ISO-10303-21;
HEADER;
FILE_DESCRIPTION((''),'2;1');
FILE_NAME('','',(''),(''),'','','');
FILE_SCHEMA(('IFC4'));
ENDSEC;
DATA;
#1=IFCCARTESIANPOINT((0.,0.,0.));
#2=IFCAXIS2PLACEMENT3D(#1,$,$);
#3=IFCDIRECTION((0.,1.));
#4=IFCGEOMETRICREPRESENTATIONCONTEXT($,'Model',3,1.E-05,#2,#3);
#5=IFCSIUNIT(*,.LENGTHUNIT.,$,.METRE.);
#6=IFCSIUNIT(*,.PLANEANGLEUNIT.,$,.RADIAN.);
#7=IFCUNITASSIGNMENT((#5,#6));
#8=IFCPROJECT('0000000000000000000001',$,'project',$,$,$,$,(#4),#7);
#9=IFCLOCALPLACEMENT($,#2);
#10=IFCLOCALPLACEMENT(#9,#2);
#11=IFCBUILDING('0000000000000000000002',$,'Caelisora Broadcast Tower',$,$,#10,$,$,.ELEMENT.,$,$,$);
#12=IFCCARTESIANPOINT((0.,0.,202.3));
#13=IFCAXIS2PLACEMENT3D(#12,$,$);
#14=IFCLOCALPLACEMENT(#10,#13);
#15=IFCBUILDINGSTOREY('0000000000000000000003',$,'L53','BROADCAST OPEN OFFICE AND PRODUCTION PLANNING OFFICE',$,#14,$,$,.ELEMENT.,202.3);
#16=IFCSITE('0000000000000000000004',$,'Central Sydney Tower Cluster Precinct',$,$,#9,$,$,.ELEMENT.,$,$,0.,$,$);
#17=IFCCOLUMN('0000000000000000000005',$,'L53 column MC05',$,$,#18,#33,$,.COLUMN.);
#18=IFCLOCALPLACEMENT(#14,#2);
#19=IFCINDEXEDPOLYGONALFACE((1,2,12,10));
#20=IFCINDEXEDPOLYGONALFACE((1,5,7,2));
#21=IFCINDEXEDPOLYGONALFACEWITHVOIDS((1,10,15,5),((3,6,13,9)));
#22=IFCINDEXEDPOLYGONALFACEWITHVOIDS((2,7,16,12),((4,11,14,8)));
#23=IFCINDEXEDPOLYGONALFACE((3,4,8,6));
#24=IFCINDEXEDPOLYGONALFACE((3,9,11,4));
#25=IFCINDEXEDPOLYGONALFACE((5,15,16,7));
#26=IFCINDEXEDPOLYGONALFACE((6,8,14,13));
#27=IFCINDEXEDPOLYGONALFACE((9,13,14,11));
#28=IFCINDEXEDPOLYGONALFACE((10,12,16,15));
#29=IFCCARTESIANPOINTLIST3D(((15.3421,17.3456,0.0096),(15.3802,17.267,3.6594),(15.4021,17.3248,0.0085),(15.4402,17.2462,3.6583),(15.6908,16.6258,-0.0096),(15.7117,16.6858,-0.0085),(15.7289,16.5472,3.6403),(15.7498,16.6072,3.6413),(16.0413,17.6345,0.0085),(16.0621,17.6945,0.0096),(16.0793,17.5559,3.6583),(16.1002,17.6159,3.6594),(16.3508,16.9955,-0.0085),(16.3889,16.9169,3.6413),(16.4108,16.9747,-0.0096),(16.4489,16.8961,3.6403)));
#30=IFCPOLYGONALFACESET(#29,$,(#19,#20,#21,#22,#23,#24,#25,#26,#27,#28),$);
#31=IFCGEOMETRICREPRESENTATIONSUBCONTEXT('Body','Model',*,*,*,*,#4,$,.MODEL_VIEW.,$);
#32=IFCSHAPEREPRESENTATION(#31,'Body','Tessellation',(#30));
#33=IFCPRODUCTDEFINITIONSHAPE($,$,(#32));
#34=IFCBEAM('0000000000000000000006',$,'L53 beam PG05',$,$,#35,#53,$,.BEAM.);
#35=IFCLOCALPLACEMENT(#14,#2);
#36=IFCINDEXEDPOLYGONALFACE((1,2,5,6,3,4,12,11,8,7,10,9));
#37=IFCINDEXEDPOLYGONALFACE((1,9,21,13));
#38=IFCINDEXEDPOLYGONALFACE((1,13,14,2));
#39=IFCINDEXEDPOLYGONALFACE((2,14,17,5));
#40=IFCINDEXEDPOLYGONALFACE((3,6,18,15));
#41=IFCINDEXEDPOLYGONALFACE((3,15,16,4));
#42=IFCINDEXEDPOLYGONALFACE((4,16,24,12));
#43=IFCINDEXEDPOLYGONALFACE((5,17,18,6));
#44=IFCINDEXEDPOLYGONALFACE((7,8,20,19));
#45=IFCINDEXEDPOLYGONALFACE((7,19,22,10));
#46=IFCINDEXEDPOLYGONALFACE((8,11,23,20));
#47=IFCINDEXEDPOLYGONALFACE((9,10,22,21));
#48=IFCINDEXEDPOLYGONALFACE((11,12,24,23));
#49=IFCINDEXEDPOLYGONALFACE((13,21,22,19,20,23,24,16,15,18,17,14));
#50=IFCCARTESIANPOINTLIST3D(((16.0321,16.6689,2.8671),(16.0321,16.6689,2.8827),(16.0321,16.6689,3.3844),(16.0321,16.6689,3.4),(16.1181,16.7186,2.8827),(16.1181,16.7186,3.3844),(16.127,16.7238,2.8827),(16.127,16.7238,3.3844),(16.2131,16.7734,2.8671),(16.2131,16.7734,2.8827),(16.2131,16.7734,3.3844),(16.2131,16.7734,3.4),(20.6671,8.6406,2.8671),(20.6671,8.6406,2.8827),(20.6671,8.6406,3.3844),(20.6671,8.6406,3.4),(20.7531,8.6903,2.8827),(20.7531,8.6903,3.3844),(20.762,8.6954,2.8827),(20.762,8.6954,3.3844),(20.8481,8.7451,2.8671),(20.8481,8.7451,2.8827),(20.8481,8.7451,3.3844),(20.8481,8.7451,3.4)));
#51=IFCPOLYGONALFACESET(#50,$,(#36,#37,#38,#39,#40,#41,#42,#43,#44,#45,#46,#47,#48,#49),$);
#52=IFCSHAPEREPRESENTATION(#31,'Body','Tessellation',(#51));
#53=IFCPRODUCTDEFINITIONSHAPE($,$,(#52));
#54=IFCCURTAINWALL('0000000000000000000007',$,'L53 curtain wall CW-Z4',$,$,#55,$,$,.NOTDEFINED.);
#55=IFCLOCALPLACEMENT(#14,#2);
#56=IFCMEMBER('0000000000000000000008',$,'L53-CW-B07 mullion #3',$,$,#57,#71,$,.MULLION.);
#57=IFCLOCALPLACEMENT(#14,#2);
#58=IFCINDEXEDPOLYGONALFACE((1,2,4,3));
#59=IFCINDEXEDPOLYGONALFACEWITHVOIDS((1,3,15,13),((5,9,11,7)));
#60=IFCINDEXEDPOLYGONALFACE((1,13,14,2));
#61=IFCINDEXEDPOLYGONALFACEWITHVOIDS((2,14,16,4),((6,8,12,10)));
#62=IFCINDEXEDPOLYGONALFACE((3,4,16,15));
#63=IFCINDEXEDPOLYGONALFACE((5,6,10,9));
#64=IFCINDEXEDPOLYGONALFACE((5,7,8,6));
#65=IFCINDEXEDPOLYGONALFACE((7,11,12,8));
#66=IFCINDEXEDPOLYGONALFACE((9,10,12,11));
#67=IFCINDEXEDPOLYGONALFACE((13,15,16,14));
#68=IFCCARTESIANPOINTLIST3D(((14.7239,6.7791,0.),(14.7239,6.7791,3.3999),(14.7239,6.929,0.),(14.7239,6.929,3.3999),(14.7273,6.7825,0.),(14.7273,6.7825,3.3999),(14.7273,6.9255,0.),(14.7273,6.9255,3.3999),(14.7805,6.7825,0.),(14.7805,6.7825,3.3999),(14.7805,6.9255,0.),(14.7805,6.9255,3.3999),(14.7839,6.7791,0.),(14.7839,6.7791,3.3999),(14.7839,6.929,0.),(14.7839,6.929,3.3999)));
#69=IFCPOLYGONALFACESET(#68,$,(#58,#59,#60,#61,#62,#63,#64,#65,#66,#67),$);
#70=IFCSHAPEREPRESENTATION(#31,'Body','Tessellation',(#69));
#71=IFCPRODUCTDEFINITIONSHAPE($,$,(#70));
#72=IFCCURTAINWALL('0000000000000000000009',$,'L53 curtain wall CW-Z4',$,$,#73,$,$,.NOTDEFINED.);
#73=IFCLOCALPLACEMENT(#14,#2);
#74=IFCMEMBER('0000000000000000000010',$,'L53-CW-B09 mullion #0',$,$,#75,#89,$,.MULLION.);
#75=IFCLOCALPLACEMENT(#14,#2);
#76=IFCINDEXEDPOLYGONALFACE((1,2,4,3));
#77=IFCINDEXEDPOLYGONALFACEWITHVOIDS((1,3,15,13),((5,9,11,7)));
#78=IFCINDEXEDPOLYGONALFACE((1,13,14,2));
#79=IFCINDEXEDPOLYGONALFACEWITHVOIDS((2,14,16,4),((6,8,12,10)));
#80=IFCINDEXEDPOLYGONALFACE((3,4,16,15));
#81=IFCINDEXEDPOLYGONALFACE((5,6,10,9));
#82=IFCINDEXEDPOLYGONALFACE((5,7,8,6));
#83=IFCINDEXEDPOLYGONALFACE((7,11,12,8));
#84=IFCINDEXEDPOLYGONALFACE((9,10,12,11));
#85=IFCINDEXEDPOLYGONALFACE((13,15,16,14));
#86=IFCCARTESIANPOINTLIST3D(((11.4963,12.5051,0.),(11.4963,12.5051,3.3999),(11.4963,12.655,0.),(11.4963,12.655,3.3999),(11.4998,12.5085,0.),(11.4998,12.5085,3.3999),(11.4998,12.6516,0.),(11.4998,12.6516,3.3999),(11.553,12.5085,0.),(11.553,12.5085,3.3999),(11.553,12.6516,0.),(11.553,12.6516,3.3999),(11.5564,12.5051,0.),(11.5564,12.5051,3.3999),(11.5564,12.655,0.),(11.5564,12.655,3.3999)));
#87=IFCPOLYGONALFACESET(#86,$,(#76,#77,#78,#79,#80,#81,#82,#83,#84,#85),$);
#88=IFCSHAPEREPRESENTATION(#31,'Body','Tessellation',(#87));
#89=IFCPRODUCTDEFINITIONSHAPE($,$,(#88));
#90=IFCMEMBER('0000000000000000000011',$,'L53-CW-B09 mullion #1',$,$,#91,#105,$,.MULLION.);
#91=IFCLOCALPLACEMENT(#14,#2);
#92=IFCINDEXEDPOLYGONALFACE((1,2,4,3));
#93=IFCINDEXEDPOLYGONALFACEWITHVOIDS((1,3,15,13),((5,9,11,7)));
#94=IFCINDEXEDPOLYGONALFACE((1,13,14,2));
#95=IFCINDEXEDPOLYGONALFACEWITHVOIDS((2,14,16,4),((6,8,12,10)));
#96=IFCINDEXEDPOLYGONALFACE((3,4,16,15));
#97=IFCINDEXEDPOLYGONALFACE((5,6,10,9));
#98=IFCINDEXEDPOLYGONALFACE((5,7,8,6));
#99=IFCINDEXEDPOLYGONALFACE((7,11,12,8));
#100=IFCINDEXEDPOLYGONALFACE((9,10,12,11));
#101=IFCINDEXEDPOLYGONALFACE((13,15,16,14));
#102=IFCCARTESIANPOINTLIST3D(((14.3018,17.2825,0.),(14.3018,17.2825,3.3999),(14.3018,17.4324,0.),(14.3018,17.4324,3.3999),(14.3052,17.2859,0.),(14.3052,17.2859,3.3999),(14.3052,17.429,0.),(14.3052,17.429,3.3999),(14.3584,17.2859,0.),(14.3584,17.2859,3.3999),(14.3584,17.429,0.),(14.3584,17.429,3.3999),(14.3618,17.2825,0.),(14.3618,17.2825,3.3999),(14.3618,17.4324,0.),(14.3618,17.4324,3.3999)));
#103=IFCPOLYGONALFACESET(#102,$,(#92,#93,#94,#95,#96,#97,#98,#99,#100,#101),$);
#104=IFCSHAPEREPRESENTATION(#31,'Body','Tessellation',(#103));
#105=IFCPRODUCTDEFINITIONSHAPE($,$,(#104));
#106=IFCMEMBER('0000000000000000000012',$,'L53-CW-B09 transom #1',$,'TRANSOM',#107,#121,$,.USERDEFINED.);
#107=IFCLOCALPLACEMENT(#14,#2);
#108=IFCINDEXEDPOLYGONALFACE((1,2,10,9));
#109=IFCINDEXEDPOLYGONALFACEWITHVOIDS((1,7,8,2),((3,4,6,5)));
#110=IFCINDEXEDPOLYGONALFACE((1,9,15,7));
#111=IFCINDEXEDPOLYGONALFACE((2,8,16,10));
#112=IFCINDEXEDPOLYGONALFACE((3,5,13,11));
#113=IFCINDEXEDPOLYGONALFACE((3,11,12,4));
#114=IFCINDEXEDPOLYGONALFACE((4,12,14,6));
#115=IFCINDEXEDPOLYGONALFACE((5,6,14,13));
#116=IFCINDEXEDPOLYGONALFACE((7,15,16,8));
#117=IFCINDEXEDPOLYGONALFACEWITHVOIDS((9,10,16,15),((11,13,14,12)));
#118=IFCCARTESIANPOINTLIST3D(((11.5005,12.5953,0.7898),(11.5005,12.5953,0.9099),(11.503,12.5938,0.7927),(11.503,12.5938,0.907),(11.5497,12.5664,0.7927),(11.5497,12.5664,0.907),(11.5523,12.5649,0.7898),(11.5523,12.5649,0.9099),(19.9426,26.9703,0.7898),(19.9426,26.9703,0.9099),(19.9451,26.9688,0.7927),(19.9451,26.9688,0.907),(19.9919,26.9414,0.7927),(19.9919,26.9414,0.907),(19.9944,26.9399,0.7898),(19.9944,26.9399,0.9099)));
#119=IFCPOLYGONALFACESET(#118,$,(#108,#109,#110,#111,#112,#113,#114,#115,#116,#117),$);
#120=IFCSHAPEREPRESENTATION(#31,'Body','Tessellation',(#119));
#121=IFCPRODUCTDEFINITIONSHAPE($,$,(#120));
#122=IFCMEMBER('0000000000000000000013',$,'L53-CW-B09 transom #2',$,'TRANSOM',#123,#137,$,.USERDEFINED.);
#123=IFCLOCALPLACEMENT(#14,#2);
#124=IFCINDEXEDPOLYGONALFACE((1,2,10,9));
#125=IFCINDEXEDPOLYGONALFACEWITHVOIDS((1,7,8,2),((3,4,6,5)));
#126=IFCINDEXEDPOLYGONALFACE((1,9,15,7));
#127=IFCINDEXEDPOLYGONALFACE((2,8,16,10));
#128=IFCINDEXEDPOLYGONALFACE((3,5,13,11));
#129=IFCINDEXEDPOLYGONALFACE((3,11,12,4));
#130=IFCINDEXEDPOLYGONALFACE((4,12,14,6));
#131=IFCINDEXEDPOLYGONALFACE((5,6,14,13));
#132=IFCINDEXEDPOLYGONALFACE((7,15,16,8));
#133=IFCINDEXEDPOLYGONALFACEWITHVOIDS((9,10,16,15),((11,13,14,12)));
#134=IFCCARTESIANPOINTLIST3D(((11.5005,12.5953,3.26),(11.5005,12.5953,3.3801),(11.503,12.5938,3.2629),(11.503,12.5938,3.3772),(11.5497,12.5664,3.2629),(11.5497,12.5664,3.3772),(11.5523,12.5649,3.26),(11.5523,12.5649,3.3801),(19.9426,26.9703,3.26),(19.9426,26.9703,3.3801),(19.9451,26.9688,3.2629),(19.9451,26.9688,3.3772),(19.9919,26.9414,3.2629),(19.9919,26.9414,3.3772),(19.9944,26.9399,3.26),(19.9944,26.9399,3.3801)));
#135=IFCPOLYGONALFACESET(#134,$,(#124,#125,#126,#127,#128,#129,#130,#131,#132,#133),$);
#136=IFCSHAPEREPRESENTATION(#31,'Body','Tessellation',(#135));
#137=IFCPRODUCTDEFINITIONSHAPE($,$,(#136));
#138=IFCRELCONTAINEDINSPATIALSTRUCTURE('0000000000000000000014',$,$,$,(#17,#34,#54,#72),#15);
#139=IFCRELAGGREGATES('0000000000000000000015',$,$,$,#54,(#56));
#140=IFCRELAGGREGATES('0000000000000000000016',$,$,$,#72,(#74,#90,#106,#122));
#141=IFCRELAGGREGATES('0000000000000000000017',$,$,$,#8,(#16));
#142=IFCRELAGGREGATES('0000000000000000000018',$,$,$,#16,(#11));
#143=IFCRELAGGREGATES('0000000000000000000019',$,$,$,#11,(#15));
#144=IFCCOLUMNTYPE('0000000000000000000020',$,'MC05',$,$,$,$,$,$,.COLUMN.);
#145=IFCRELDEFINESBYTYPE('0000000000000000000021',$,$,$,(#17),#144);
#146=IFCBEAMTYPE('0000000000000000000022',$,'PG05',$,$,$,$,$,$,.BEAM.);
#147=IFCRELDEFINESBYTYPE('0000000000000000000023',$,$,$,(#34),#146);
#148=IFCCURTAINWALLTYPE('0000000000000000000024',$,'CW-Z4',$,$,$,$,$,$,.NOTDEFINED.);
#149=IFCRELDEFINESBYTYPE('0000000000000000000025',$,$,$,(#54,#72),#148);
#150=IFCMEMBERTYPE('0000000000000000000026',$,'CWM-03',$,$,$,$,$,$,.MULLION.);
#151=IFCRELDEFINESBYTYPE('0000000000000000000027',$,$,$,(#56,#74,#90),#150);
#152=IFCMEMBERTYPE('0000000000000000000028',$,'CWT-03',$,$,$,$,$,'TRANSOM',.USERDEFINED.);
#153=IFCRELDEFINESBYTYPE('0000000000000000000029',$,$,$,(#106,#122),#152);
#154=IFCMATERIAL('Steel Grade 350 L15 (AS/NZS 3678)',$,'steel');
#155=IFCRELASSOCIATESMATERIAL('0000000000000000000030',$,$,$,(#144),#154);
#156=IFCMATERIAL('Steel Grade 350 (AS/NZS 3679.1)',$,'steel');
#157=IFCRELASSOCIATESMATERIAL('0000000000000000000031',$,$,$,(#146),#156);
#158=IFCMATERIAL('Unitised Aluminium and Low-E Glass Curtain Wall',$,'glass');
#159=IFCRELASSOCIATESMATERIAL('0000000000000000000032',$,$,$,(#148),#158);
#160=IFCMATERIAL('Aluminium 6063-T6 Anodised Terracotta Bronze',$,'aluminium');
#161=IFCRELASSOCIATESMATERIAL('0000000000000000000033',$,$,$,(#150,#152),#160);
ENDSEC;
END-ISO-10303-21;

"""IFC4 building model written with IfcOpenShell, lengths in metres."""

from ifc_helpers import new_model, si_unit, direction, frame, origin, origin_2d, place, context, subcontext, project, spatial, hollow_rectangle, i_section, extrude, source, transform, mapped, material, material_profile, profile_set, type_object, type_shapes, element, aggregate, save


model = new_model("IFC4")

# Units and contexts
model_context = context("Model", 3, precision=1e-05, world=origin(), true_north=direction((0.0, 1.0)))
body_context = subcontext(model_context, "Body", "Model", "MODEL_VIEW")
ifc_project = project(units=[si_unit("LENGTHUNIT", "METRE"), si_unit("PLANEANGLEUNIT", "RADIAN")], contexts=[model_context])

# Site, building, storey
site_placement = place(None, origin())
site = spatial("IfcSite", under=ifc_project, at=site_placement, Name="Central Sydney Tower Cluster Precinct", CompositionType="ELEMENT", RefElevation=0.0)
building_placement = place(site_placement, origin())
building = spatial("IfcBuilding", under=site, at=building_placement, Name="Caelisora Broadcast Tower", CompositionType="ELEMENT")
storey_placement = place(building_placement, frame((0.0, 0.0, 202.3)))
storey = spatial("IfcBuildingStorey", under=building, at=storey_placement, Name="L53", Description="BROADCAST OPEN OFFICE AND PRODUCTION PLANNING OFFICE", CompositionType="ELEMENT", Elevation=202.3)

# Column
ifc_material_1 = material(Name="Steel Grade 350 L15 (AS/NZS 3678)", Category="steel")
ifc_material_profile_1 = material_profile(ifc_material_1, hollow_rectangle(XDim=0.8, YDim=0.8, WallThickness=0.0449, at=origin_2d()), Name="Steel Grade 350 L15 (AS/NZS 3678)")
ifc_profile_set_1 = profile_set([ifc_material_profile_1], Name="Steel Grade 350 L15 (AS/NZS 3678)")
column_type = type_object("IfcColumnType", Name="MC05", PredefinedType="COLUMN", material=ifc_profile_set_1)
shared_shape_1 = source(origin(), body_context, "Body", "SweptSolid", [
    extrude(hollow_rectangle(XDim=0.8, YDim=0.8, WallThickness=0.0449, at=origin_2d()), origin(), (0.0, 0.0, 1.0), 3.6509),
])
type_shapes(column_type, [shared_shape_1])
column_placement = place(storey_placement, frame((15.8765, 17.1602, 0.0), z_axis=(0.010432, -0.021532, 0.999714), x_axis=(0.899947, 0.435999, 0.0)))
element("IfcColumn", 1, at=column_placement, inside=storey, type_object=column_type, Name="L53 column MC05", PredefinedType="COLUMN", context=body_context, shape_type="MappedRepresentation", body=[
    mapped(shared_shape_1, transform((0.0, 0.0, 0.0), scale=1.0)),
])

# Beam
ifc_material_2 = material(Name="Steel Grade 350 (AS/NZS 3679.1)", Category="steel")
ifc_material_profile_2 = material_profile(ifc_material_2, i_section(OverallWidth=0.209, OverallDepth=0.533, WebThickness=0.0103, FlangeThickness=0.0156, at=origin_2d()), Name="Steel Grade 350 (AS/NZS 3679.1)")
ifc_profile_set_2 = profile_set([ifc_material_profile_2], Name="Steel Grade 350 (AS/NZS 3679.1)")
beam_type = type_object("IfcBeamType", Name="PG05", PredefinedType="BEAM", material=ifc_profile_set_2)
shared_shape_2 = source(origin(), body_context, "Body", "SweptSolid", [
    extrude(i_section(OverallWidth=0.209, OverallDepth=0.533, WebThickness=0.0103, FlangeThickness=0.0156, at=origin_2d()), origin(), (0.0, 0.0, 1.0), 9.2703),
])
type_shapes(beam_type, [shared_shape_2])
beam_placement = place(storey_placement, frame((16.1226, 16.7212, 3.1335), z_axis=(0.499988, -0.866032, 0.0), x_axis=(0.866032, 0.499988, 0.0)))
element("IfcBeam", 2, at=beam_placement, inside=storey, type_object=beam_type, Name="L53 beam PG05", PredefinedType="BEAM", context=body_context, shape_type="MappedRepresentation", body=[
    mapped(shared_shape_2, transform((0.0, 0.0, 0.0), scale=1.0)),
])

# Curtain wall, member
ifc_material_3 = material(Name="Unitised Aluminium and Low-E Glass Curtain Wall", Category="glass")
curtain_wall_type = type_object("IfcCurtainWallType", Name="CW-Z4", PredefinedType="NOTDEFINED", material=ifc_material_3)
curtain_wall_1_placement = place(storey_placement, origin())
curtain_wall_1 = element("IfcCurtainWall", 3, at=curtain_wall_1_placement, inside=storey, type_object=curtain_wall_type, Name="L53 curtain wall CW-Z4", PredefinedType="NOTDEFINED")
ifc_material_4 = material(Name="Aluminium 6063-T6 Anodised Terracotta Bronze", Category="aluminium")
ifc_material_profile_3 = material_profile(ifc_material_4, hollow_rectangle(XDim=0.0601, YDim=0.1499, WallThickness=0.0034, at=origin_2d()), Name="Aluminium 6063-T6 Anodised Terracotta Bronze")
ifc_profile_set_3 = profile_set([ifc_material_profile_3], Name="Aluminium 6063-T6 Anodised Terracotta Bronze")
member_type_1 = type_object("IfcMemberType", Name="CWM-03", PredefinedType="MULLION", material=ifc_profile_set_3)
shared_shape_3 = source(origin(), body_context, "Body", "SweptSolid", [
    extrude(hollow_rectangle(XDim=0.0601, YDim=0.1499, WallThickness=0.0034, at=origin_2d()), origin(), (0.0, 0.0, 1.0), 3.3999),
])
type_shapes(member_type_1, [shared_shape_3])
member_1_placement = place(storey_placement, frame((14.7539, 6.854, 0.0), z_axis=(0.0, 0.0, 1.0), x_axis=(1.0, 0.0, 0.0)))
member_1 = element("IfcMember", 4, at=member_1_placement, type_object=member_type_1, Name="L53-CW-B07 mullion #3", PredefinedType="MULLION", context=body_context, shape_type="MappedRepresentation", body=[
    mapped(shared_shape_3, transform((0.0, 0.0, 0.0), scale=1.0)),
])
aggregate(curtain_wall_1, [member_1])

# Curtain wall, members
curtain_wall_2_placement = place(storey_placement, origin())
curtain_wall_2 = element("IfcCurtainWall", 5, at=curtain_wall_2_placement, inside=storey, type_object=curtain_wall_type, Name="L53 curtain wall CW-Z4", PredefinedType="NOTDEFINED")
member_2_placement = place(storey_placement, frame((11.5264, 12.5801, 0.0), z_axis=(0.0, 0.0, 1.0), x_axis=(1.0, 0.0, 0.0)))
member_2 = element("IfcMember", 6, at=member_2_placement, type_object=member_type_1, Name="L53-CW-B09 mullion #0", PredefinedType="MULLION", context=body_context, shape_type="MappedRepresentation", body=[
    mapped(shared_shape_3, transform((0.0, 0.0, 0.0), scale=1.0)),
])
member_3_placement = place(storey_placement, frame((14.3318, 17.3574, 0.0), z_axis=(0.0, 0.0, 1.0), x_axis=(1.0, 0.0, 0.0)))
member_3 = element("IfcMember", 7, at=member_3_placement, type_object=member_type_1, Name="L53-CW-B09 mullion #1", PredefinedType="MULLION", context=body_context, shape_type="MappedRepresentation", body=[
    mapped(shared_shape_3, transform((0.0, 0.0, 0.0), scale=1.0)),
])
ifc_material_profile_4 = material_profile(ifc_material_4, hollow_rectangle(XDim=0.0601, YDim=0.1201, WallThickness=0.0029, at=origin_2d()), Name="Aluminium 6063-T6 Anodised Terracotta Bronze")
ifc_profile_set_4 = profile_set([ifc_material_profile_4], Name="Aluminium 6063-T6 Anodised Terracotta Bronze")
member_type_2 = type_object("IfcMemberType", Name="CWT-03", ElementType="TRANSOM", PredefinedType="USERDEFINED", material=ifc_profile_set_4)
shared_shape_4 = source(origin(), body_context, "Body", "SweptSolid", [
    extrude(hollow_rectangle(XDim=0.0601, YDim=0.1201, WallThickness=0.0029, at=origin_2d()), origin(), (0.0, 0.0, 1.0), 16.6707),
])
type_shapes(member_type_2, [shared_shape_4])
member_4_placement = place(storey_placement, frame((11.5264, 12.5801, 0.8499), z_axis=(0.506408, 0.862294, 0.0), x_axis=(-0.862294, 0.506408, 0.0)))
member_4 = element("IfcMember", 8, at=member_4_placement, type_object=member_type_2, Name="L53-CW-B09 transom #1", ObjectType="TRANSOM", PredefinedType="USERDEFINED", context=body_context, shape_type="MappedRepresentation", body=[
    mapped(shared_shape_4, transform((0.0, 0.0, 0.0), scale=1.0)),
])
member_5_placement = place(storey_placement, frame((11.5264, 12.5801, 3.3201), z_axis=(0.506408, 0.862294, 0.0), x_axis=(-0.862294, 0.506408, 0.0)))
member_5 = element("IfcMember", 9, at=member_5_placement, type_object=member_type_2, Name="L53-CW-B09 transom #2", ObjectType="TRANSOM", PredefinedType="USERDEFINED", context=body_context, shape_type="MappedRepresentation", body=[
    mapped(shared_shape_4, transform((0.0, 0.0, 0.0), scale=1.0)),
])

aggregate(curtain_wall_2, [member_2, member_3, member_4, member_5])

save(model, "model.ifc")
